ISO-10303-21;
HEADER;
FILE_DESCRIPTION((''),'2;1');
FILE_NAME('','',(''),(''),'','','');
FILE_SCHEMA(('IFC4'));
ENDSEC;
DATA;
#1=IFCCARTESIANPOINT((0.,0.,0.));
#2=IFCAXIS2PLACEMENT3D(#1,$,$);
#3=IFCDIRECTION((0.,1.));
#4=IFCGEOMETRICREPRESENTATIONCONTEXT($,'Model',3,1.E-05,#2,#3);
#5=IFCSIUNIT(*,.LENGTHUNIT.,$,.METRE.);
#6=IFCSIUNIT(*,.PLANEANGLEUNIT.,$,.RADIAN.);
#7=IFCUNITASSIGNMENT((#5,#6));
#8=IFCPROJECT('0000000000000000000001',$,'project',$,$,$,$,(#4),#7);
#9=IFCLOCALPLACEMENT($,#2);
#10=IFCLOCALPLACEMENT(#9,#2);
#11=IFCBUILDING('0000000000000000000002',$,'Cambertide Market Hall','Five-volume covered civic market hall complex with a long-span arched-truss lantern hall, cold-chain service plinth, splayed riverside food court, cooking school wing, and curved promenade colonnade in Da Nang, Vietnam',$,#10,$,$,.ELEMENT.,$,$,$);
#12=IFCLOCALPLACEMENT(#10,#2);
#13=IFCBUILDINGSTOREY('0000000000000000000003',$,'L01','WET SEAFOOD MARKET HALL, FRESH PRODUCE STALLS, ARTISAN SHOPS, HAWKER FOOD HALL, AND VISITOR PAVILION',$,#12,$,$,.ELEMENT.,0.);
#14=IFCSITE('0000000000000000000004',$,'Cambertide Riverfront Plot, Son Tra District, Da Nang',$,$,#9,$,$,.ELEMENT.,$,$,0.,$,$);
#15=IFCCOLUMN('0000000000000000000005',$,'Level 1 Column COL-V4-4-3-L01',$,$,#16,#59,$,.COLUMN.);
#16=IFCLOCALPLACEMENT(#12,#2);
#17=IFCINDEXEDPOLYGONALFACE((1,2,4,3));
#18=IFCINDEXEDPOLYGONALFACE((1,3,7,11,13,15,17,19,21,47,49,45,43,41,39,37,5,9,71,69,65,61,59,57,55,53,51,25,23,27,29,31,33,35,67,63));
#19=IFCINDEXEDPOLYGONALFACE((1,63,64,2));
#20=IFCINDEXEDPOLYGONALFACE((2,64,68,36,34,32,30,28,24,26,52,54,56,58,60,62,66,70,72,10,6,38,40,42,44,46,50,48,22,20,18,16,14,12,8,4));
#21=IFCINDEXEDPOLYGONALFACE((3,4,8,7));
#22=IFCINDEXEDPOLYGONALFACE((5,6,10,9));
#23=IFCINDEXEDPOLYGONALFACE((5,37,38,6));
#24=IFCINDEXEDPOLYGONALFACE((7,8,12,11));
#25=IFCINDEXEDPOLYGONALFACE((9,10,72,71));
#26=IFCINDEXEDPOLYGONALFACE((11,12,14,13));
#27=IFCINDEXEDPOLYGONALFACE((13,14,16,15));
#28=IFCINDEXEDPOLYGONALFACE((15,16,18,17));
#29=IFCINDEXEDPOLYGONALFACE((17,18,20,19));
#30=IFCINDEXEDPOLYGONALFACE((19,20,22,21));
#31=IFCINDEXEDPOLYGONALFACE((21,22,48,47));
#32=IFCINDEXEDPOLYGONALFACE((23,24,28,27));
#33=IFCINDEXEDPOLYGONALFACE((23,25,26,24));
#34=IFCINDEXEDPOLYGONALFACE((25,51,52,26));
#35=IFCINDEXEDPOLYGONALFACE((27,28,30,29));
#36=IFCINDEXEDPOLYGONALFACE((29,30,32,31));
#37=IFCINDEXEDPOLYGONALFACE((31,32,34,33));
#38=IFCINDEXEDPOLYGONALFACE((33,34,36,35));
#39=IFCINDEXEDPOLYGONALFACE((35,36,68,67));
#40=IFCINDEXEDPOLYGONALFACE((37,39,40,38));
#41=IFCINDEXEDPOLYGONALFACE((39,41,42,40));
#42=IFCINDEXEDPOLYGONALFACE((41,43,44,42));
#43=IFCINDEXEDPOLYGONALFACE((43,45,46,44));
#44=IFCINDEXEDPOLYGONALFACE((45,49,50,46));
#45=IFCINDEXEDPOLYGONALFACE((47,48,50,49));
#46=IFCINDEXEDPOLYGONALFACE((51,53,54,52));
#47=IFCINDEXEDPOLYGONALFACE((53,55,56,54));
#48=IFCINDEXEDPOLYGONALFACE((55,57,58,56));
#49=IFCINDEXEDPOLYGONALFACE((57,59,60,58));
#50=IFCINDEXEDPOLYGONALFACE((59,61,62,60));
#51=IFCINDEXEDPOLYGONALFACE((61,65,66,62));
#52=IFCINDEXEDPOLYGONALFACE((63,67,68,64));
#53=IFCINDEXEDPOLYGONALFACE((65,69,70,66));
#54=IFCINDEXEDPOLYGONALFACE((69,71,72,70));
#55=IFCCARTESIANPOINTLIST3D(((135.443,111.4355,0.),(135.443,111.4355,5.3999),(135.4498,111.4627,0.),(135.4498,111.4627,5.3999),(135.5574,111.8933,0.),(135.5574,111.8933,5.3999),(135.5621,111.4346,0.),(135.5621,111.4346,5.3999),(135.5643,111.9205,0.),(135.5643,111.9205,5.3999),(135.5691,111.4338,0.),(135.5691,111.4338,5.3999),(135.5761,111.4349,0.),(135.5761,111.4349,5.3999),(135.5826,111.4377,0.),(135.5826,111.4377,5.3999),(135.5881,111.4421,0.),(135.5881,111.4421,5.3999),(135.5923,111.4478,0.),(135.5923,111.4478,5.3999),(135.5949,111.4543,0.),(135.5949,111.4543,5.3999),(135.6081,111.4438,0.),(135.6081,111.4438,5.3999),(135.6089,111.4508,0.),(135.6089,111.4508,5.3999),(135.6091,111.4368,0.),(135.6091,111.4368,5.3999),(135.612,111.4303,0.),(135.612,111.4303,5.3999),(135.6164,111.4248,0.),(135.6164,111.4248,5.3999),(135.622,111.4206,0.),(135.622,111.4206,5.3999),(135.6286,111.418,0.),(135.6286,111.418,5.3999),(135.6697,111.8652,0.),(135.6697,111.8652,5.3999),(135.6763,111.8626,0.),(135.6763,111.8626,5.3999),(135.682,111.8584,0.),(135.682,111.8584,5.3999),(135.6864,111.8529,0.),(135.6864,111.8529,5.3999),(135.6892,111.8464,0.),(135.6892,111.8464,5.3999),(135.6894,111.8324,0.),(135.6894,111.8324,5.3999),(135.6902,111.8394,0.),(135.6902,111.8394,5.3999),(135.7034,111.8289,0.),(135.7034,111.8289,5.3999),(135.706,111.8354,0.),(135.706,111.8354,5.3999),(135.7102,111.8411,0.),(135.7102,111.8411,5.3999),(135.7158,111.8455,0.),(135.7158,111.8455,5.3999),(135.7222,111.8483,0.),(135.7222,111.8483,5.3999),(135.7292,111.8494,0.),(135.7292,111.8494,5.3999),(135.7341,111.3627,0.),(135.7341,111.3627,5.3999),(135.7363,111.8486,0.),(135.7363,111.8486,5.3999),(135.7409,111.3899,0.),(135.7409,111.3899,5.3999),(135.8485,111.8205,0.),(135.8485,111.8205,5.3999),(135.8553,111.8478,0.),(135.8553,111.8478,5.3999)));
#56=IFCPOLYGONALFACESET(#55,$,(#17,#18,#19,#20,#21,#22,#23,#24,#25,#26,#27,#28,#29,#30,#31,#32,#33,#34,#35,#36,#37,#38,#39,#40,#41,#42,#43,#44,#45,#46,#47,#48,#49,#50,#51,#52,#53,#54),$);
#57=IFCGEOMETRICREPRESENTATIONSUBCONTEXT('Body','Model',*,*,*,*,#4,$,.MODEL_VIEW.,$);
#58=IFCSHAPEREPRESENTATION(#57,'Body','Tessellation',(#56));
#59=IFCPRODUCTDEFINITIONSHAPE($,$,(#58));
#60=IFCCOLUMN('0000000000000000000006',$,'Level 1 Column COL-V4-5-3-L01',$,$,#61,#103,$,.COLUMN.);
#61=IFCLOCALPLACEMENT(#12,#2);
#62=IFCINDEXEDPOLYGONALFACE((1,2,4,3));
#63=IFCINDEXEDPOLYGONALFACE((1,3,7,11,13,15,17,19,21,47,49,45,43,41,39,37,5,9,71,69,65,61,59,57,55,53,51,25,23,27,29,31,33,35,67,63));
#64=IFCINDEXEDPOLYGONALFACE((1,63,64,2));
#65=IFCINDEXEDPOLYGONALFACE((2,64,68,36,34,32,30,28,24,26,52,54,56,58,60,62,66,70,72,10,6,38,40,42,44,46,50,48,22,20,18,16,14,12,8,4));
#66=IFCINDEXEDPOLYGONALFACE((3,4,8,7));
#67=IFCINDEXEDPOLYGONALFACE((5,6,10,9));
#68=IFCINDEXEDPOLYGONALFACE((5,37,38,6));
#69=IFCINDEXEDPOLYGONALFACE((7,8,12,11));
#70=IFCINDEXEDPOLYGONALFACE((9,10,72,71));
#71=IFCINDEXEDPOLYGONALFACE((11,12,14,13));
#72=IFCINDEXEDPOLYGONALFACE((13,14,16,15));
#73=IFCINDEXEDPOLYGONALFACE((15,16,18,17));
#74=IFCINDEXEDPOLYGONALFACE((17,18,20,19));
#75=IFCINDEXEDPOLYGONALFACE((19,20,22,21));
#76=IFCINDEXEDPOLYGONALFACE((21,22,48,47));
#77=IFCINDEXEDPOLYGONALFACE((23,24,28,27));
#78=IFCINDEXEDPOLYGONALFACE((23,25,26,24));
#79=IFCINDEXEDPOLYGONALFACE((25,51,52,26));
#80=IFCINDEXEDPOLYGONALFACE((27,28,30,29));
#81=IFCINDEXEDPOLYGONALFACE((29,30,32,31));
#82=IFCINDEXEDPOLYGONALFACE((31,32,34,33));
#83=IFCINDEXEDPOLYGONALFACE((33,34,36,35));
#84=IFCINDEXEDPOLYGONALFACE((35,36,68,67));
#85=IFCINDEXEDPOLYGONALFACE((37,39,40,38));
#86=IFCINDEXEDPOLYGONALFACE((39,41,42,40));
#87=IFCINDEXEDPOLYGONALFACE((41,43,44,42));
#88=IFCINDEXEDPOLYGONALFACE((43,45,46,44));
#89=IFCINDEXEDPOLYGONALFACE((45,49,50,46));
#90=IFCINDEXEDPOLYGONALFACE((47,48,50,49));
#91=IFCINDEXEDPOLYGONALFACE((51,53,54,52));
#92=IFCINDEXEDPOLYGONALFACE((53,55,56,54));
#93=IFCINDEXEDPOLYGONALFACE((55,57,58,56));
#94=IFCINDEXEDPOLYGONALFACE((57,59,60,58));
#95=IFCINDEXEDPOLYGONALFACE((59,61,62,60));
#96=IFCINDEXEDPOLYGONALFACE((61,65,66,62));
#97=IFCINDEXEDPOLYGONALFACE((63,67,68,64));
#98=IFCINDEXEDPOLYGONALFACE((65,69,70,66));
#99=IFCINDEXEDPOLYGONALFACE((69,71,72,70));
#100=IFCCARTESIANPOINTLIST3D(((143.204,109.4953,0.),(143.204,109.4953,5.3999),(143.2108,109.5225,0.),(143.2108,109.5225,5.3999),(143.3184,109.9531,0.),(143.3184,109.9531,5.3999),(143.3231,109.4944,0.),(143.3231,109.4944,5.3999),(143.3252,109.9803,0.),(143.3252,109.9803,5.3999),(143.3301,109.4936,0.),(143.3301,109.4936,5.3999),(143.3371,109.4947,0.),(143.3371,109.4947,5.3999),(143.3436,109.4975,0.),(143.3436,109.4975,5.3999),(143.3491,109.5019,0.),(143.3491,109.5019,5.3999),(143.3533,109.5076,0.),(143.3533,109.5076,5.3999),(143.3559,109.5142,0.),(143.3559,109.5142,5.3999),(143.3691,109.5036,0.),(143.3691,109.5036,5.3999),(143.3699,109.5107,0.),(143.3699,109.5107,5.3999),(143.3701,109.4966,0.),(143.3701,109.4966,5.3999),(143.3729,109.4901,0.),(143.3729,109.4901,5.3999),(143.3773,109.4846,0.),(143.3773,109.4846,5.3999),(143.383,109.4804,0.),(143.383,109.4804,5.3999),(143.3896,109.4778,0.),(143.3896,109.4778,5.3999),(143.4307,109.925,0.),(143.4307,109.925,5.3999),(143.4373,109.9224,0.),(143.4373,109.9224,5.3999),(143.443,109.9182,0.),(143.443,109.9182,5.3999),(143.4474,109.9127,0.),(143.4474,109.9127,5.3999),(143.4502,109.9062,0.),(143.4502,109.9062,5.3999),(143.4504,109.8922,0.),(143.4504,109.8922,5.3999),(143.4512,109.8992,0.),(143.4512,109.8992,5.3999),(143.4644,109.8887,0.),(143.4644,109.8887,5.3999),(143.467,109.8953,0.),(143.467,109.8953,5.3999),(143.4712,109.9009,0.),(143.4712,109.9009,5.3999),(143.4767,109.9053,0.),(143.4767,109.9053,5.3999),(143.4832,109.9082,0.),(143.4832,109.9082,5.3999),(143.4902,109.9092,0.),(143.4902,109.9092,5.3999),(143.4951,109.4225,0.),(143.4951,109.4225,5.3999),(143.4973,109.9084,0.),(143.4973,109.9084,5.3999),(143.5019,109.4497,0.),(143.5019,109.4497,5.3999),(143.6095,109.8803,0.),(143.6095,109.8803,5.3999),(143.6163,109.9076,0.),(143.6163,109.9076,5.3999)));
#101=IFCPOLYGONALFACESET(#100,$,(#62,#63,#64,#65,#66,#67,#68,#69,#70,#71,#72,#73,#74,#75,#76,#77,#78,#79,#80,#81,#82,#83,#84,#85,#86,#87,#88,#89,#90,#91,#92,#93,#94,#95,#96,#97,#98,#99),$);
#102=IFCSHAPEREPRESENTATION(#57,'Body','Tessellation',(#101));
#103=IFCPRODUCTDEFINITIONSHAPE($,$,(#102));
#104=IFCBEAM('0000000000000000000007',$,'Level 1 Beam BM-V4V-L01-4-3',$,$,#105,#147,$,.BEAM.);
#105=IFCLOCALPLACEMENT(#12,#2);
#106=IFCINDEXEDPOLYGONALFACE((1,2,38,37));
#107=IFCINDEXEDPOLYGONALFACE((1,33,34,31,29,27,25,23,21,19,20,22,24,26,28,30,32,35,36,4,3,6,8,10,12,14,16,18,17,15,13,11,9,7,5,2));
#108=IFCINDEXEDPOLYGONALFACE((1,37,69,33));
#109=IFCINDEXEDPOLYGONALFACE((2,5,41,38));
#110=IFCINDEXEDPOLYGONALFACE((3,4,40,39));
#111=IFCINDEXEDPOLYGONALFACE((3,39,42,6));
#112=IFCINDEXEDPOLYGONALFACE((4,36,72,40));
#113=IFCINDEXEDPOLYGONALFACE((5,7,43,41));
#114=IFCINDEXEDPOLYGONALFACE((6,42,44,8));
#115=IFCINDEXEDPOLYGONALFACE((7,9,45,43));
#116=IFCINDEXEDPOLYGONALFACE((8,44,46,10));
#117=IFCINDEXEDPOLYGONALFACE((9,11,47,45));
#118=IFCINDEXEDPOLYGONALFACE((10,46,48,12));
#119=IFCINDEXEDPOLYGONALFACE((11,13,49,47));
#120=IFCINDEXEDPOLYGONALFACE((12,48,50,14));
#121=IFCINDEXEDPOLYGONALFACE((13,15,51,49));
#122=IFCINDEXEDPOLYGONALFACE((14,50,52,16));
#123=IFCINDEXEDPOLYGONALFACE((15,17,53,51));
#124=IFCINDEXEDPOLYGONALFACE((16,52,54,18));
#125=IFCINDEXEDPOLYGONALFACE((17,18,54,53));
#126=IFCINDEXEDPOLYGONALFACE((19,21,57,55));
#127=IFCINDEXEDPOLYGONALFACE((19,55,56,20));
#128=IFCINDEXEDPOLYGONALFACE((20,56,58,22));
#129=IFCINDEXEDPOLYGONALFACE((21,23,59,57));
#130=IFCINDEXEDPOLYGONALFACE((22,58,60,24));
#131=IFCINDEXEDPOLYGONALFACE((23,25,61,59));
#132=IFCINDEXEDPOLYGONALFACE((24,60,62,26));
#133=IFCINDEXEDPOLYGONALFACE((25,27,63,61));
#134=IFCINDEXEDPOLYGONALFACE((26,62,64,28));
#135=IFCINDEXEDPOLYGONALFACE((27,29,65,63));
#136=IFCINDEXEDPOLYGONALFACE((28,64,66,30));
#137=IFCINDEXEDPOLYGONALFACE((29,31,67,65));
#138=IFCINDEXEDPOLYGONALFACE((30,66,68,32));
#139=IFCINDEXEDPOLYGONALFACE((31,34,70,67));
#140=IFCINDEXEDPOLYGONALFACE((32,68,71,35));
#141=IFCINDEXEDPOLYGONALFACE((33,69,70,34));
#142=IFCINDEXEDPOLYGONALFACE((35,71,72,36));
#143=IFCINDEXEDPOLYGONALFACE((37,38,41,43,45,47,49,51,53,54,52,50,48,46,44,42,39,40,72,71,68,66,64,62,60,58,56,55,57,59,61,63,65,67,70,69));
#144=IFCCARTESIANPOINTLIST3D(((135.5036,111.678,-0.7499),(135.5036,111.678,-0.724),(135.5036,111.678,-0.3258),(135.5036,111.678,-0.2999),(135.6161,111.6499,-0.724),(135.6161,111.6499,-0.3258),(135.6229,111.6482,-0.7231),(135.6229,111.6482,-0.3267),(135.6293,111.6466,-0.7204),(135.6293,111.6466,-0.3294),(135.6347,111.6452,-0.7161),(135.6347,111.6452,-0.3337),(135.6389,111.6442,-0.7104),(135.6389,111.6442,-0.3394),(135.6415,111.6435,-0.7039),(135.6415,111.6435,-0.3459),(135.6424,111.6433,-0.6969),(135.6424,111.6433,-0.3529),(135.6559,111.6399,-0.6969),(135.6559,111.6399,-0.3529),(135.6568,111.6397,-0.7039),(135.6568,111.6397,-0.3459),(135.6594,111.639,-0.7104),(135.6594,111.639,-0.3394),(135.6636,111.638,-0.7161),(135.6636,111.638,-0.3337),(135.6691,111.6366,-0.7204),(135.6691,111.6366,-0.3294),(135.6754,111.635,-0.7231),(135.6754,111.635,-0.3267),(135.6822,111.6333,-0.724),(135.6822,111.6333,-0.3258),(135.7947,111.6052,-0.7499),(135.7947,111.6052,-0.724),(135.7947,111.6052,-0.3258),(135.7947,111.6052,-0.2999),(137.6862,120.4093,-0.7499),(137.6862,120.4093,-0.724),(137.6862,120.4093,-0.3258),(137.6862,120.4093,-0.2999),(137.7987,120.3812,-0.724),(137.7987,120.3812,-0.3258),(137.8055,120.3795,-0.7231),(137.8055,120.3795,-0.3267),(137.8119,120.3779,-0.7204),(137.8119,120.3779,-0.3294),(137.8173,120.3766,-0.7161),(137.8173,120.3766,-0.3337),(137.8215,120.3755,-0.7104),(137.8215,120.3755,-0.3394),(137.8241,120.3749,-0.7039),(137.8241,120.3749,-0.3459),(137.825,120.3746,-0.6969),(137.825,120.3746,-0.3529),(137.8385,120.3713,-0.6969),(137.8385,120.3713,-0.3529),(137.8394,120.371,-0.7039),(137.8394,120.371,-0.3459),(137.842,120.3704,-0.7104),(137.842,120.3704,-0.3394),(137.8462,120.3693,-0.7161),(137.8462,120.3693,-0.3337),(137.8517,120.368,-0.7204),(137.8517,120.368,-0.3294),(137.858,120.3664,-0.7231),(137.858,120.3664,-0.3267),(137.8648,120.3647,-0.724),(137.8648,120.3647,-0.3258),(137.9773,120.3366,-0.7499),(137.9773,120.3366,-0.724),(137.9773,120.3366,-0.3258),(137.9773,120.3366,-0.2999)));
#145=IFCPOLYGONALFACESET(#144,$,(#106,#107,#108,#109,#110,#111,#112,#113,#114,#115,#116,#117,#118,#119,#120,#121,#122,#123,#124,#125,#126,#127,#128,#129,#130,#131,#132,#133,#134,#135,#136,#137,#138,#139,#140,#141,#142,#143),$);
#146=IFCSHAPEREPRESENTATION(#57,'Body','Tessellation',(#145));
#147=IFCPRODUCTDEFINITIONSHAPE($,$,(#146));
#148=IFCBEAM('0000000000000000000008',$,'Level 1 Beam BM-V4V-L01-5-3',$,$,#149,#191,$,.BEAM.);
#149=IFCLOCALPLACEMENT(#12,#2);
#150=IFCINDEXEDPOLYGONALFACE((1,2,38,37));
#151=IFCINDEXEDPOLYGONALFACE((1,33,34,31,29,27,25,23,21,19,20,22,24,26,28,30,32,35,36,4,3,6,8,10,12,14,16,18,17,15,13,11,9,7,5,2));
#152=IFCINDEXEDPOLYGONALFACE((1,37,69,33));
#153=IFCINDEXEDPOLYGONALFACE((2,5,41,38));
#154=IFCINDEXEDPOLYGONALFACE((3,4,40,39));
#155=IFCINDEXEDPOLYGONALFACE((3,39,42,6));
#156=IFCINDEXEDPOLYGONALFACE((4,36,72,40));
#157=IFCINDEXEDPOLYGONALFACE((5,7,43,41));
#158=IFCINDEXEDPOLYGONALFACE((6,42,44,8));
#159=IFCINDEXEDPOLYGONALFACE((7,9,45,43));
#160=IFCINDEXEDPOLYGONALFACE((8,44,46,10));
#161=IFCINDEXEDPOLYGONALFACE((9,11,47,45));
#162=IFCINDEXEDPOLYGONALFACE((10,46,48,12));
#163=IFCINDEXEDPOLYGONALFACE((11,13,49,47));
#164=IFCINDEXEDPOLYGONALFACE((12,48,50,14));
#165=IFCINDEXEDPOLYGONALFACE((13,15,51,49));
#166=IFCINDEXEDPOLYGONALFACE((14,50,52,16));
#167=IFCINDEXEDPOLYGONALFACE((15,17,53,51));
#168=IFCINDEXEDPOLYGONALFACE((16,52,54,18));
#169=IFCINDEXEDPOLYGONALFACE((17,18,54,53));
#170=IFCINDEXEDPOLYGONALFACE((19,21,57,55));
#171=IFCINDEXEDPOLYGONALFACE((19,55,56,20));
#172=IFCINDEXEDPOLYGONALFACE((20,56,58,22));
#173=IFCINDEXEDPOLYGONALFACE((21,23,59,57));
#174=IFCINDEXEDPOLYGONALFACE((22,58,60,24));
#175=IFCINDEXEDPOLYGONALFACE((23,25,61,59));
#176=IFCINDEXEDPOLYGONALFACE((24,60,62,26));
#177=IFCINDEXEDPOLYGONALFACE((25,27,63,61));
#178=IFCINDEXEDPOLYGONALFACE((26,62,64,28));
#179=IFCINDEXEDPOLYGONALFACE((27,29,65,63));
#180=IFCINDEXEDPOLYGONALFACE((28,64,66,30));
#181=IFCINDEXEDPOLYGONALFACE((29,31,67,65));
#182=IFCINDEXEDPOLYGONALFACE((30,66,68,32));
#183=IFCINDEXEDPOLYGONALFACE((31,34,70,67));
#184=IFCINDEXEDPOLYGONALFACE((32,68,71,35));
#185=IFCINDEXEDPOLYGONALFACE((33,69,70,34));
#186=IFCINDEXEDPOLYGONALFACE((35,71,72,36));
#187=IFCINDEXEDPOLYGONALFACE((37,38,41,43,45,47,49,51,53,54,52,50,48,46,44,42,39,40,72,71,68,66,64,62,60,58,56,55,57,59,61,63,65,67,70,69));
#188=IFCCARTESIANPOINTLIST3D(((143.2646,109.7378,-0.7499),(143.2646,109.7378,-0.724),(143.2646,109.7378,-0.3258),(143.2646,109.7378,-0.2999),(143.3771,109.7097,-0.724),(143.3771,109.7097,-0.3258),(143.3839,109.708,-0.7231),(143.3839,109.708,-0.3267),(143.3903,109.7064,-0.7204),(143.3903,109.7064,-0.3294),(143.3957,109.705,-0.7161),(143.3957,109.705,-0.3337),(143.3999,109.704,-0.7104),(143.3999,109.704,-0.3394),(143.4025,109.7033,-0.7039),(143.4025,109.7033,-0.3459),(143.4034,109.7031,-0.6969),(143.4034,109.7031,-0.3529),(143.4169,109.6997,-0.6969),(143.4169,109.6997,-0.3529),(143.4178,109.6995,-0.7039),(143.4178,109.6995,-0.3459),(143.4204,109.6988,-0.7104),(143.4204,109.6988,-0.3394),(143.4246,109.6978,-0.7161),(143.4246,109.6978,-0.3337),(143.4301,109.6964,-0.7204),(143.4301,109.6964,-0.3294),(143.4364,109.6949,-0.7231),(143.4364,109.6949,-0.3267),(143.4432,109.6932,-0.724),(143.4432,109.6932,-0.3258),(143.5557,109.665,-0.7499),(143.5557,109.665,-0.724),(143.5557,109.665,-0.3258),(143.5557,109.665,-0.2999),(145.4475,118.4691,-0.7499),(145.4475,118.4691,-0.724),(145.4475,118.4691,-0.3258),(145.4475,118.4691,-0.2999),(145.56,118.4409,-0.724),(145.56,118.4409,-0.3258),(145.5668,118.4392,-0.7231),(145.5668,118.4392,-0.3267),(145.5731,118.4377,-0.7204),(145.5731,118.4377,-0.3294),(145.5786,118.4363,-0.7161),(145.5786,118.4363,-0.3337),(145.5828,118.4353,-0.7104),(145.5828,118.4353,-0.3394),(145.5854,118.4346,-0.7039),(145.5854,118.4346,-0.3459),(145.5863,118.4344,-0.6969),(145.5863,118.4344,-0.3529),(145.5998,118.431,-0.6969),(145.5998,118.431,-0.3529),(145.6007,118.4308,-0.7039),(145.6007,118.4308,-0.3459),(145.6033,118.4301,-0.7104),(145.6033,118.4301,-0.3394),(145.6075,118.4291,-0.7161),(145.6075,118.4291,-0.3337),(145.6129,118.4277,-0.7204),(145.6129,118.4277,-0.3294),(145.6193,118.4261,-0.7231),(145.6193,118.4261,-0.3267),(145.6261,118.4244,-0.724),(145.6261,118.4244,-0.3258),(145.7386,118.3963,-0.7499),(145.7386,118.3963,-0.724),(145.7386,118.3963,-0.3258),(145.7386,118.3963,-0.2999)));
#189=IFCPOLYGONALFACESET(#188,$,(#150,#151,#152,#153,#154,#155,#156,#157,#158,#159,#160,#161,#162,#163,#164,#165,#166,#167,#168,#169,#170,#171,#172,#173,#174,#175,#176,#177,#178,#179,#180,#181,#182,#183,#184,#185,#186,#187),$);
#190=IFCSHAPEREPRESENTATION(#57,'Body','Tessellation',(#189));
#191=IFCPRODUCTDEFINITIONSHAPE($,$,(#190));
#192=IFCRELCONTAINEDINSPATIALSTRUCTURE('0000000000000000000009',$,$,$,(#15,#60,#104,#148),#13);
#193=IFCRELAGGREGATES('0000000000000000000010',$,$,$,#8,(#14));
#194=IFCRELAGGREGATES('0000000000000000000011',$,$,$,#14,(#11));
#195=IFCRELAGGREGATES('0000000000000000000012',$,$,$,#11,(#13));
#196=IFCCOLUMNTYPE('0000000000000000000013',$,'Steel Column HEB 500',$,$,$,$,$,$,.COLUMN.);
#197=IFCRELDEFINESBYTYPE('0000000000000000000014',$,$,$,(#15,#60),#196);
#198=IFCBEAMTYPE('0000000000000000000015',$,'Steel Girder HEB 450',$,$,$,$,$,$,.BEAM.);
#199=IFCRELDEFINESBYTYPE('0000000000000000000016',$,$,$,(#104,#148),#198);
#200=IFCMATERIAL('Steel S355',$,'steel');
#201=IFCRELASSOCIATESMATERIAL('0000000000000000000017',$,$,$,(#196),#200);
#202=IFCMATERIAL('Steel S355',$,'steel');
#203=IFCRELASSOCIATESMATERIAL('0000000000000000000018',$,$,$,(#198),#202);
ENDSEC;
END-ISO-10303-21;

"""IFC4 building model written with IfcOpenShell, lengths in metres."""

from ifc_helpers import new_model, si_unit, direction, frame, origin, origin_2d, place, context, subcontext, project, spatial, i_section, extrude, material, material_profile, profile_set, type_object, element, save


model = new_model("IFC4")

# Units and contexts
model_context = context("Model", 3, precision=1e-05, world=origin(), true_north=direction((0.0, 1.0)))
body_context = subcontext(model_context, "Body", "Model", "MODEL_VIEW")
ifc_project = project(units=[si_unit("LENGTHUNIT", "METRE"), si_unit("PLANEANGLEUNIT", "RADIAN")], contexts=[model_context])

# Site, building, storey
site_placement = place(None, origin())
site = spatial("IfcSite", under=ifc_project, at=site_placement, Name="Cambertide Riverfront Plot, Son Tra District, Da Nang", CompositionType="ELEMENT", RefElevation=0.0)
building_placement = place(site_placement, origin())
building = spatial("IfcBuilding", under=site, at=building_placement, Name="Cambertide Market Hall", Description="Five-volume covered civic market hall complex with a long-span arched-truss lantern hall, cold-chain service plinth, splayed riverside food court, cooking school wing, and curved promenade colonnade in Da Nang, Vietnam", CompositionType="ELEMENT")
storey_placement = place(building_placement, origin())
storey = spatial("IfcBuildingStorey", under=building, at=storey_placement, Name="L01", Description="WET SEAFOOD MARKET HALL, FRESH PRODUCE STALLS, ARTISAN SHOPS, HAWKER FOOD HALL, AND VISITOR PAVILION", CompositionType="ELEMENT", Elevation=0.0)

# Columns
ifc_material_1 = material(Name="Steel S355", Category="steel")
ifc_material_profile_1 = material_profile(ifc_material_1, i_section(OverallWidth=0.3, OverallDepth=0.5, WebThickness=0.0144, FlangeThickness=0.0281, FilletRadius=0.0271, at=origin_2d()), Name="HEB 500")
ifc_profile_set_1 = profile_set([ifc_material_profile_1], Name="Steel S355")
column_type = type_object("IfcColumnType", Name="Steel Column HEB 500", PredefinedType="COLUMN", material=ifc_profile_set_1)
for number, where, z_axis, x_axis, name in (
    (1, (135.6492, 111.6416, 0.0), (0.0, 0.0, 1.0), (0.970143, -0.242536, 0.0), "Level 1 Column COL-V4-4-3-L01"),
    (2, (143.4102, 109.7014, 0.0), (0.0, 0.0, 1.0), (0.970143, -0.242536, 0.0), "Level 1 Column COL-V4-5-3-L01"),
):
    element("IfcColumn", number, at=place(storey_placement, frame(where, z_axis=z_axis, x_axis=x_axis)), inside=storey, type_object=column_type, Name=name, PredefinedType="COLUMN", context=body_context, shape_type="SweptSolid", body=[
        extrude(i_section(OverallWidth=0.3, OverallDepth=0.5, WebThickness=0.0144, FlangeThickness=0.0281, FilletRadius=0.0271, at=origin_2d()), origin(), (0.0, 0.0, 1.0), 5.3999),
    ])

# Beams
ifc_material_2 = material(Name="Steel S355", Category="steel")
ifc_material_profile_2 = material_profile(ifc_material_2, i_section(OverallWidth=0.3, OverallDepth=0.45, WebThickness=0.0139, FlangeThickness=0.0259, FilletRadius=0.0271, at=origin_2d()), Name="HEB 450")
ifc_profile_set_2 = profile_set([ifc_material_profile_2], Name="Steel S355")
beam_type_1 = type_object("IfcBeamType", Name="Steel Girder HEB 450", PredefinedType="BEAM", material=ifc_profile_set_2)
for number, where, z_axis, x_axis, name in (
    (3, (135.6492, 111.6416, -0.5249), (0.24251, 0.970149, 0.0), (-0.970149, 0.24251, 0.0), "Level 1 Beam BM-V4V-L01-4-3"),
    (4, (143.4102, 109.7014, -0.5249), (0.242542, 0.970141, 0.0), (-0.970141, 0.242542, 0.0), "Level 1 Beam BM-V4V-L01-5-3"),
):
    element("IfcBeam", number, at=place(storey_placement, frame(where, z_axis=z_axis, x_axis=x_axis)), inside=storey, type_object=beam_type_1, Name=name, PredefinedType="BEAM", context=body_context, shape_type="SweptSolid", body=[
        extrude(i_section(OverallWidth=0.3, OverallDepth=0.45, WebThickness=0.0139, FlangeThickness=0.0259, FilletRadius=0.0271, at=origin_2d()), origin(), (0.0, 0.0, 1.0), 9.0),
    ])

save(model, "model.ifc")
